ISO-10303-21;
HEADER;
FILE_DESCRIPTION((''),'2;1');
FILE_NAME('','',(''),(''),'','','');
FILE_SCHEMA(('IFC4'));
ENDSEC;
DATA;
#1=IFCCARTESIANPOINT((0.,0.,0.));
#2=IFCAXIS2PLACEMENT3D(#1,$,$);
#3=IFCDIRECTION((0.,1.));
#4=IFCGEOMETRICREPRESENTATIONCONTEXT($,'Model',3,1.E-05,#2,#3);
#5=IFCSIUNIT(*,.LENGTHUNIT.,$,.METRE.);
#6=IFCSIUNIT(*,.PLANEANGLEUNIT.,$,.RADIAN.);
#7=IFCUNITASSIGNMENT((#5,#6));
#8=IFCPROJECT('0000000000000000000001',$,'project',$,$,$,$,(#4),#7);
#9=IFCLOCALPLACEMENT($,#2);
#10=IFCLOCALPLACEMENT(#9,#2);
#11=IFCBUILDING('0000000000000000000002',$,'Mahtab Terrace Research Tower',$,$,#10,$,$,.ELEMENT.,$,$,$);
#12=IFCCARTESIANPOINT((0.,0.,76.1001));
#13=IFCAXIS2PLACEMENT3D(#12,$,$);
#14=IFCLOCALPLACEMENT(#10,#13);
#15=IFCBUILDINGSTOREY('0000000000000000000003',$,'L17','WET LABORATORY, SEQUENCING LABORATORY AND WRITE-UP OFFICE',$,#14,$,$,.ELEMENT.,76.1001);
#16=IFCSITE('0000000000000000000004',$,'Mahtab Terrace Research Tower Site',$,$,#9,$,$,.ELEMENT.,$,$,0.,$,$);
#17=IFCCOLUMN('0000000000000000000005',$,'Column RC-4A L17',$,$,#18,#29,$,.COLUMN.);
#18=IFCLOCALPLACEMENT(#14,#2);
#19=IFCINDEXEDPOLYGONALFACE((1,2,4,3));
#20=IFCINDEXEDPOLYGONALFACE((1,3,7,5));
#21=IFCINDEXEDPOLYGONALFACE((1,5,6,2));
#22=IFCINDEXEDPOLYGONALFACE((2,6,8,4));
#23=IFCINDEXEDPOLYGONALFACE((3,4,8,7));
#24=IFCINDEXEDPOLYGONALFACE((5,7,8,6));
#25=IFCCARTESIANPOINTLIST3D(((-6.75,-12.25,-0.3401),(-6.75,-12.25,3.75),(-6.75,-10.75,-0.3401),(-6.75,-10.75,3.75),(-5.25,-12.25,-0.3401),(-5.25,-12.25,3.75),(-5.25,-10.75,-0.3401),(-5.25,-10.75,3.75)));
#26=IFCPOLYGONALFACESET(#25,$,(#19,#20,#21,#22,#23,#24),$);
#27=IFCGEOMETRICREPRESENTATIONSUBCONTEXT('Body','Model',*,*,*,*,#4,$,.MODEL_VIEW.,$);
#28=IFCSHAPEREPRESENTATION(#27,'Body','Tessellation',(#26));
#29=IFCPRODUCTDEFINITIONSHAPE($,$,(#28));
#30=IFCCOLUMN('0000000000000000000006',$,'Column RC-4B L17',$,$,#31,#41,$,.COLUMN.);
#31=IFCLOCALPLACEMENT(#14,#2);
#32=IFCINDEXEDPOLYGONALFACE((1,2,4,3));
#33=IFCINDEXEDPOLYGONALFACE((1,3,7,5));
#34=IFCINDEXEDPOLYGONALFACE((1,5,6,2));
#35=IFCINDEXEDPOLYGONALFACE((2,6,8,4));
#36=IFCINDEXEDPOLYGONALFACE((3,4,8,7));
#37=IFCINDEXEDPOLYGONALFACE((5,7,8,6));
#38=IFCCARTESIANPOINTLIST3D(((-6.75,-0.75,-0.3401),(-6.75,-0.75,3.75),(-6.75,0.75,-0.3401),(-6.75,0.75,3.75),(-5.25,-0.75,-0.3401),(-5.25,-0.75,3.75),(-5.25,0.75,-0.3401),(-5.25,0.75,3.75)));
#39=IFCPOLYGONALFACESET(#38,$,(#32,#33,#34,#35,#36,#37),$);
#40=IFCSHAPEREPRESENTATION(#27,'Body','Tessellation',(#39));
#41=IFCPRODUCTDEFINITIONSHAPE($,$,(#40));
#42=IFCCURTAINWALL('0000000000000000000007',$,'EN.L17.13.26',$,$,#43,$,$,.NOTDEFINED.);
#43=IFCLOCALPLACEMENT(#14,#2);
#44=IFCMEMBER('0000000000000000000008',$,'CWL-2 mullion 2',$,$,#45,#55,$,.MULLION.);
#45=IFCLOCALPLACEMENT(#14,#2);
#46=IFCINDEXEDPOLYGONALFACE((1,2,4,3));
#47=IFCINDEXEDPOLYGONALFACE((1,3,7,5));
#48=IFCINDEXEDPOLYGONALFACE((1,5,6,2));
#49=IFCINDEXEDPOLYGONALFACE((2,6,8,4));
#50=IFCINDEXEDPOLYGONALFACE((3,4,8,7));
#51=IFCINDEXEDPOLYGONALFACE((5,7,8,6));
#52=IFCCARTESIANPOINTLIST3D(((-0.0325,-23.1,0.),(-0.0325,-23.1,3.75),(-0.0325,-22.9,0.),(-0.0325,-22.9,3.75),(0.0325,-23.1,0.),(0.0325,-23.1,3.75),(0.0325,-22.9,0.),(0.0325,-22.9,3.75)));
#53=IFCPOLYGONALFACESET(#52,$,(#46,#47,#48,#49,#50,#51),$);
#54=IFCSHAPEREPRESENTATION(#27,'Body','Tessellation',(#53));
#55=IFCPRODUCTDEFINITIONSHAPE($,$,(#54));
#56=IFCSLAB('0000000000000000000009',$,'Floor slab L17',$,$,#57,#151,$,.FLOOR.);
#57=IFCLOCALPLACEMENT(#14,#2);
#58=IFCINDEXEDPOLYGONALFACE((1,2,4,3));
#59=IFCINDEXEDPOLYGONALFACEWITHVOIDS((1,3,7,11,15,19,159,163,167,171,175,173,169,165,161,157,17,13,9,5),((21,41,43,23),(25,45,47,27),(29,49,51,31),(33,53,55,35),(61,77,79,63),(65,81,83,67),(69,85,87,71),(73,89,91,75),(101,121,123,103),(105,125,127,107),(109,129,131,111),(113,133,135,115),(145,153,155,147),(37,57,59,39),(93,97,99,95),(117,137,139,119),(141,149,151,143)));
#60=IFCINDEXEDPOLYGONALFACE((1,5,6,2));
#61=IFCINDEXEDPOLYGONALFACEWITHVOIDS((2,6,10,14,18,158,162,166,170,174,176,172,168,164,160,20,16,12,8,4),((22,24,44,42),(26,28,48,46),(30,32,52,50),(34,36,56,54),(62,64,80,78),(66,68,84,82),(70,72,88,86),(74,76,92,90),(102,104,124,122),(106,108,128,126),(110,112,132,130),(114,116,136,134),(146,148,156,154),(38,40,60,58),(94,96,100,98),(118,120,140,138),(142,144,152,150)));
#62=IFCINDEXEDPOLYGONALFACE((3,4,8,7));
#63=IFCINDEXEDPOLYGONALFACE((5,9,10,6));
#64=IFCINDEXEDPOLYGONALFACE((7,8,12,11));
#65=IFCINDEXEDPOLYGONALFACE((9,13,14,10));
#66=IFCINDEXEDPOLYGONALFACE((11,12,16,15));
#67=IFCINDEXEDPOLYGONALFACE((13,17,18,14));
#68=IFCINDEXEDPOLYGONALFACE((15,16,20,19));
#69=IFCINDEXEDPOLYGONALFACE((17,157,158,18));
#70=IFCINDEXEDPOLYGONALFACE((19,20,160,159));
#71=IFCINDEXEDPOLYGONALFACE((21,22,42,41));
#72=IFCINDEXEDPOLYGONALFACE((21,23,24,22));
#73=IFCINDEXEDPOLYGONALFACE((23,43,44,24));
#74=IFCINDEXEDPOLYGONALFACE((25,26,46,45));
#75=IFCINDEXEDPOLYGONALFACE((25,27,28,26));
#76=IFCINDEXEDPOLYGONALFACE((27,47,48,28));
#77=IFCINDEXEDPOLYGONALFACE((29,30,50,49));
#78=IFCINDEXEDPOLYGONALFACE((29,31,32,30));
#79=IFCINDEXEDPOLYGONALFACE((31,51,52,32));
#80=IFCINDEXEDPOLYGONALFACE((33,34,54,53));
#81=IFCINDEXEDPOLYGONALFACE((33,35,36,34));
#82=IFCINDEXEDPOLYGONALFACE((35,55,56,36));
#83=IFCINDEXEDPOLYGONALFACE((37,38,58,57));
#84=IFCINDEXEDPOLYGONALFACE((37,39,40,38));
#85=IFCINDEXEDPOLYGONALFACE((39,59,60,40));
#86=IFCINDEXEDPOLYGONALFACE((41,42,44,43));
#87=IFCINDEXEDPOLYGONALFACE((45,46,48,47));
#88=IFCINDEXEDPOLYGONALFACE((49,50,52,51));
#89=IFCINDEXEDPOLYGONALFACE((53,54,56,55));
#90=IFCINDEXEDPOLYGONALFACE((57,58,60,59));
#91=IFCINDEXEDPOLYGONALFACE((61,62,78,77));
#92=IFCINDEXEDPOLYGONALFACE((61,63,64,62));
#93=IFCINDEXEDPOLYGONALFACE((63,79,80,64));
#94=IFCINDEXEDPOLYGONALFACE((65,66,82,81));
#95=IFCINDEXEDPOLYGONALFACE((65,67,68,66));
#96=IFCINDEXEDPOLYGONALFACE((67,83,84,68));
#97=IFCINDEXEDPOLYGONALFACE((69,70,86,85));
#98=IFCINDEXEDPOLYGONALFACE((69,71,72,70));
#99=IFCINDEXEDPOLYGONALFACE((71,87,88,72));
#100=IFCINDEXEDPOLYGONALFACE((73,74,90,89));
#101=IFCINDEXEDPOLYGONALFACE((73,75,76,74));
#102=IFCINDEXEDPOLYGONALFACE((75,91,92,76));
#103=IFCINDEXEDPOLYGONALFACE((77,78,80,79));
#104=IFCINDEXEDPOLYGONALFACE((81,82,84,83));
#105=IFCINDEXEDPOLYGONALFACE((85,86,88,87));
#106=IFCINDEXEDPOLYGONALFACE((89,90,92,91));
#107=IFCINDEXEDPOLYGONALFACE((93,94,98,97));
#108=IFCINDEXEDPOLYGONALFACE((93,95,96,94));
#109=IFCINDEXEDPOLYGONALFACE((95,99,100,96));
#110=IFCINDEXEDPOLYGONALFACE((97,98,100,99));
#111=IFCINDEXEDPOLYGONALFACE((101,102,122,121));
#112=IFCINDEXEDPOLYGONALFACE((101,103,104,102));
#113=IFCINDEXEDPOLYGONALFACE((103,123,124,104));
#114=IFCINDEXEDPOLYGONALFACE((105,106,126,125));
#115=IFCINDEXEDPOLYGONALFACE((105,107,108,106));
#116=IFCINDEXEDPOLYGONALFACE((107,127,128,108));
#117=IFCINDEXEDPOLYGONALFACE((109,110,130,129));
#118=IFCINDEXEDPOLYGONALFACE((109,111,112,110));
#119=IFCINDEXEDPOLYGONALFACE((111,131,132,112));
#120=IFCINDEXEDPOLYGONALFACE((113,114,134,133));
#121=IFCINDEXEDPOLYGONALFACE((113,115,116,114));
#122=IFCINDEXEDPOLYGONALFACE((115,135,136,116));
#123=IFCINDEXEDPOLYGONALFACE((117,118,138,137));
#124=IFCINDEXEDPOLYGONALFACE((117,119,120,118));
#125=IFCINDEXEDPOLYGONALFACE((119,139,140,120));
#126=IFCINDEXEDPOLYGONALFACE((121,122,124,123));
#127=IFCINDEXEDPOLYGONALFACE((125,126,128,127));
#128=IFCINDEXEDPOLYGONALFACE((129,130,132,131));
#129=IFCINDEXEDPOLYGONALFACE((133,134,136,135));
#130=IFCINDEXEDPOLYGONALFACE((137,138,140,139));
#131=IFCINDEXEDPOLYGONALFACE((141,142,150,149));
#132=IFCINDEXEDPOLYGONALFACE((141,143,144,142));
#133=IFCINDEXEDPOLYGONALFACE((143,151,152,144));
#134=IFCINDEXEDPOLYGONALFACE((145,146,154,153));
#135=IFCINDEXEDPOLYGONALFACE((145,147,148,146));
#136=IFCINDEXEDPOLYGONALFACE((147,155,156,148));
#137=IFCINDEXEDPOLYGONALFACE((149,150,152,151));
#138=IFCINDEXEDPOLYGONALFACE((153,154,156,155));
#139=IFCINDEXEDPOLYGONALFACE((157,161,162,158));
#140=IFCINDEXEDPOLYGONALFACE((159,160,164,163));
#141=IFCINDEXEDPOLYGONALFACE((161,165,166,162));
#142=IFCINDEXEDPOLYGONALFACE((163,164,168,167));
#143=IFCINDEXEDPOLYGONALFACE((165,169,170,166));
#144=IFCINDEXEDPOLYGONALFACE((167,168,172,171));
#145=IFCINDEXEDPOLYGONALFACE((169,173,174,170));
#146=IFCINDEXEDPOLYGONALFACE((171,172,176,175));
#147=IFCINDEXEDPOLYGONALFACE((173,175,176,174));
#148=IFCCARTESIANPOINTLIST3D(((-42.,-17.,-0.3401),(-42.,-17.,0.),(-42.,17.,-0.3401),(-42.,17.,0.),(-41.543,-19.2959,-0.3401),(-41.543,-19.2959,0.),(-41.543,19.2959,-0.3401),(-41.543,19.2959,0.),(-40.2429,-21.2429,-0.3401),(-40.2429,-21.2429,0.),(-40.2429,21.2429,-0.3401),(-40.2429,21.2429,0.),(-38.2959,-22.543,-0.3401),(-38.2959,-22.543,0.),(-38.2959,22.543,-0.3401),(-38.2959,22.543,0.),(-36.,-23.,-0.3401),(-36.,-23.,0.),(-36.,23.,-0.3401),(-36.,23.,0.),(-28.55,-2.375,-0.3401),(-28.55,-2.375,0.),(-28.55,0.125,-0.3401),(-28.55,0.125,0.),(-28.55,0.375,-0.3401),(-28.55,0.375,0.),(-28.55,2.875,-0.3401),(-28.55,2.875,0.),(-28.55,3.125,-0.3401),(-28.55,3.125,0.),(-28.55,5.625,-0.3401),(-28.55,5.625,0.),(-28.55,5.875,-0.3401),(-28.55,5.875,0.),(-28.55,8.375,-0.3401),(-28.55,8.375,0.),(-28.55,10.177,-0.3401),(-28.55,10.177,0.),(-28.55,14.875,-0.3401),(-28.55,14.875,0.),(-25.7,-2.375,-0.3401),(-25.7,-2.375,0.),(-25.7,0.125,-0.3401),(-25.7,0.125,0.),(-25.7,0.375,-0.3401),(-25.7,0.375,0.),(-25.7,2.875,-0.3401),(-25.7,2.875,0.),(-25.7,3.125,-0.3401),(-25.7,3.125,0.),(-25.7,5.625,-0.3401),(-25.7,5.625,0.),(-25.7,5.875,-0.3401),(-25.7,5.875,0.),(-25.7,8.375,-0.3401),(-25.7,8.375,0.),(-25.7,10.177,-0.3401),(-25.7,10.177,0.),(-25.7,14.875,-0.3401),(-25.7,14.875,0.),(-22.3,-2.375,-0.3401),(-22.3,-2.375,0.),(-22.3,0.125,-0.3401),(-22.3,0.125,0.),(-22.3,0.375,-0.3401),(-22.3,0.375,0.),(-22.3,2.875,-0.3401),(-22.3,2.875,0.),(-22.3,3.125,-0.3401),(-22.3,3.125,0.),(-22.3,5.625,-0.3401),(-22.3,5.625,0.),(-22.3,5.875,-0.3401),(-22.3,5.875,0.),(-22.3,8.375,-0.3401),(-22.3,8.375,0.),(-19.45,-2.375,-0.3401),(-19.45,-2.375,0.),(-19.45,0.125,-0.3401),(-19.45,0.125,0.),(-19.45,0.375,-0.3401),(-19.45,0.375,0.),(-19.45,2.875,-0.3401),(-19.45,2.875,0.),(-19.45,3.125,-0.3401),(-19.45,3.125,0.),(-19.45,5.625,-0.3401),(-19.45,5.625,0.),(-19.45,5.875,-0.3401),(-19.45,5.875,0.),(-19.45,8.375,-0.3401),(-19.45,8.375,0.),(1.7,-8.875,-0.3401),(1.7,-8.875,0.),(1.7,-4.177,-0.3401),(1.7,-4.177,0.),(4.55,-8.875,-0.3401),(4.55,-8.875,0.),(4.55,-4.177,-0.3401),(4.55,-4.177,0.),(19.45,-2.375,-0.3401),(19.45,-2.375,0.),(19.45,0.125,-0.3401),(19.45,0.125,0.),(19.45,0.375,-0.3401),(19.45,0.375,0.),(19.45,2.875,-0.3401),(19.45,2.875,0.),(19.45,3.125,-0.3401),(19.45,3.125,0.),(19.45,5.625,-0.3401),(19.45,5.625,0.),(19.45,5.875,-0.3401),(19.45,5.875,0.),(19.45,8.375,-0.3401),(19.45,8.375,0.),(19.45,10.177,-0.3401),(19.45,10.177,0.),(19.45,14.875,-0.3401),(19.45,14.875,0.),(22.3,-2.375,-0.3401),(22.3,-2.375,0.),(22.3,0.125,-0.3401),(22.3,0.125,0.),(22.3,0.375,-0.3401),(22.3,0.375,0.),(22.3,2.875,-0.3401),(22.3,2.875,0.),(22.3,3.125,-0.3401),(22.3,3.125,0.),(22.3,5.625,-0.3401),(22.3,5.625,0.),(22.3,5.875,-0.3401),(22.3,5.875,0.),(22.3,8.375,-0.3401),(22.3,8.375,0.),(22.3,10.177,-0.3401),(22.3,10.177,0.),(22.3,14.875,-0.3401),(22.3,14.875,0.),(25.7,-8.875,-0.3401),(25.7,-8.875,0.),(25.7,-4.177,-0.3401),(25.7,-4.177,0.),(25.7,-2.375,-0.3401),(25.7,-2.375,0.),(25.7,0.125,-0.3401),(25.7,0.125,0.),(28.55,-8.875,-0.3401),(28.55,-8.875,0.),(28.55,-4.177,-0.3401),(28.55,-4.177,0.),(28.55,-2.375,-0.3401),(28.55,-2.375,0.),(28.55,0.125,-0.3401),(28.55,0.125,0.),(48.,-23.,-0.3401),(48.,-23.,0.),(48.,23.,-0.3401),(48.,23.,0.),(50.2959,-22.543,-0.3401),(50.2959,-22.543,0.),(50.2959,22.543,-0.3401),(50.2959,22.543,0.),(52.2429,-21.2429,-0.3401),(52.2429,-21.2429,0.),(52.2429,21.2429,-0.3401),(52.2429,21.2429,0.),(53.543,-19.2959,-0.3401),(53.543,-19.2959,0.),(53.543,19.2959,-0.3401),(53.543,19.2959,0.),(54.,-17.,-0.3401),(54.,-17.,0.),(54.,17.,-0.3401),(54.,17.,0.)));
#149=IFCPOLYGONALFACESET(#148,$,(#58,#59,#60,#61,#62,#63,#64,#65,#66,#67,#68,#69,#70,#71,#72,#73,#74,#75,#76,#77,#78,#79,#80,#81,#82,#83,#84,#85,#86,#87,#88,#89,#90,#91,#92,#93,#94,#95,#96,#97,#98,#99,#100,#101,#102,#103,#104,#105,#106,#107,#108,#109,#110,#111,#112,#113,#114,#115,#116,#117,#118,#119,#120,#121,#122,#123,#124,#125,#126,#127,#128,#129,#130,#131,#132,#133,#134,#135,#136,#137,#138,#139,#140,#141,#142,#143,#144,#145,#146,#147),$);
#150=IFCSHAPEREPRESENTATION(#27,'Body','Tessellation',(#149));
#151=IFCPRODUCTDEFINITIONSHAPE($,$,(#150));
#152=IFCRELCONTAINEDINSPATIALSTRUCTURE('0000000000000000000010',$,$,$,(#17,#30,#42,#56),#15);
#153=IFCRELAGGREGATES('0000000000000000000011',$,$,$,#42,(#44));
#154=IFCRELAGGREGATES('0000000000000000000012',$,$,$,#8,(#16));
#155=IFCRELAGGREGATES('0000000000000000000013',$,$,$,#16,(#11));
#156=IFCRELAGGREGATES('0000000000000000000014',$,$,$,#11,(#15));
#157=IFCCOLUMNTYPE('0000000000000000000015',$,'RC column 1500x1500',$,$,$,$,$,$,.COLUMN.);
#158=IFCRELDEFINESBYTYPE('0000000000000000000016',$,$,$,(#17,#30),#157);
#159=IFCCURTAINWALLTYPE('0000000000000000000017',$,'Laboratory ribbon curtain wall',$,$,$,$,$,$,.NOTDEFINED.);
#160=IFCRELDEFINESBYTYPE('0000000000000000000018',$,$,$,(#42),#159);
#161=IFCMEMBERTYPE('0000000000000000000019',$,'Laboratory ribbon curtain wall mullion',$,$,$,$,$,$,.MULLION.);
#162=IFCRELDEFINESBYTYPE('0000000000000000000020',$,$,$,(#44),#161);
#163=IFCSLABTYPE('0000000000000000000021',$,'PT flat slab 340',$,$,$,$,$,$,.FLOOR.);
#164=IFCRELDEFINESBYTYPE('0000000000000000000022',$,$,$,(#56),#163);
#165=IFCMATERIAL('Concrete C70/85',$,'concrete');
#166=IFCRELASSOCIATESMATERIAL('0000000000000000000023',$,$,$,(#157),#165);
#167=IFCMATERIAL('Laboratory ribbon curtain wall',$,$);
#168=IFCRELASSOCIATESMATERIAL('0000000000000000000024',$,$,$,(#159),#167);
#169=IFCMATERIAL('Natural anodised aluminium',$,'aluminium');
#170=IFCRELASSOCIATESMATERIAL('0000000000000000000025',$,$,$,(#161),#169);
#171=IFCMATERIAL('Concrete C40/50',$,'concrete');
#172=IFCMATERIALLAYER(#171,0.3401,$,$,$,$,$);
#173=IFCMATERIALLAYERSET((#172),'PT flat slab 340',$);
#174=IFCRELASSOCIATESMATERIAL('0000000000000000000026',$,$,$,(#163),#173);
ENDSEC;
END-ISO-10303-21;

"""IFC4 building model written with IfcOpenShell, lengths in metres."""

from ifc_helpers import new_model, si_unit, direction, frame, origin, origin_2d, place, context, subcontext, project, spatial, polyline, rectangle, outline, extrude, material, layer, layer_set, material_profile, profile_set, type_object, element, aggregate, save


model = new_model("IFC4")

# Units and contexts
model_context = context("Model", 3, precision=1e-05, world=origin(), true_north=direction((0.0, 1.0)))
body_context = subcontext(model_context, "Body", "Model", "MODEL_VIEW")
ifc_project = project(units=[si_unit("LENGTHUNIT", "METRE"), si_unit("PLANEANGLEUNIT", "RADIAN")], contexts=[model_context])

# Site, building, storey
site_placement = place(None, origin())
site = spatial("IfcSite", under=ifc_project, at=site_placement, Name="Mahtab Terrace Research Tower Site", CompositionType="ELEMENT", RefElevation=0.0)
building_placement = place(site_placement, origin())
building = spatial("IfcBuilding", under=site, at=building_placement, Name="Mahtab Terrace Research Tower", CompositionType="ELEMENT")
storey_placement = place(building_placement, frame((0.0, 0.0, 76.1001)))
storey = spatial("IfcBuildingStorey", under=building, at=storey_placement, Name="L17", Description="WET LABORATORY, SEQUENCING LABORATORY AND WRITE-UP OFFICE", CompositionType="ELEMENT", Elevation=76.1001)

# Columns
ifc_material_1 = material(Name="Concrete C70/85", Category="concrete")
ifc_material_profile_1 = material_profile(ifc_material_1, rectangle(XDim=1.5, YDim=1.5, at=origin_2d()), Name="RC column 1500x1500")
ifc_profile_set_1 = profile_set([ifc_material_profile_1], Name="Concrete C70/85")
column_type = type_object("IfcColumnType", Name="RC column 1500x1500", PredefinedType="COLUMN", material=ifc_profile_set_1)
for number, where, z_axis, x_axis, name in (
    (1, (-6.0, -11.5, -0.3401), (0.0, 0.0, 1.0), (1.0, 0.0, 0.0), "Column RC-4A L17"),
    (2, (-6.0, 0.0, -0.3401), (0.0, 0.0, 1.0), (1.0, 0.0, 0.0), "Column RC-4B L17"),
):
    element("IfcColumn", number, at=place(storey_placement, frame(where, z_axis=z_axis, x_axis=x_axis)), inside=storey, type_object=column_type, Name=name, PredefinedType="COLUMN", context=body_context, shape_type="SweptSolid", body=[
        extrude(rectangle(XDim=1.5, YDim=1.5, at=origin_2d()), origin(), (0.0, 0.0, 1.0), 4.0901),
    ])

# Curtain wall, member
ifc_material_2 = material(Name="Laboratory ribbon curtain wall")
curtain_wall_type = type_object("IfcCurtainWallType", Name="Laboratory ribbon curtain wall", PredefinedType="NOTDEFINED", material=ifc_material_2)
curtain_wall_placement = place(storey_placement, origin())
curtain_wall = element("IfcCurtainWall", 3, at=curtain_wall_placement, inside=storey, type_object=curtain_wall_type, Name="EN.L17.13.26", PredefinedType="NOTDEFINED")
ifc_material_3 = material(Name="Natural anodised aluminium", Category="aluminium")
ifc_material_profile_2 = material_profile(ifc_material_3, rectangle(XDim=0.2, YDim=0.0649, at=origin_2d()), Name="MULLION 65x200")
ifc_profile_set_2 = profile_set([ifc_material_profile_2], Name="Natural anodised aluminium")
member_type = type_object("IfcMemberType", Name="Laboratory ribbon curtain wall mullion", PredefinedType="MULLION", material=ifc_profile_set_2)
member_placement = place(storey_placement, frame((0.0, -23.0, 0.0), z_axis=(0.0, 0.0, 1.0), x_axis=(0.0, 1.0, 0.0)))
member = element("IfcMember", 4, at=member_placement, type_object=member_type, Name="CWL-2 mullion 2", PredefinedType="MULLION", context=body_context, shape_type="SweptSolid", body=[
    extrude(rectangle(XDim=0.2, YDim=0.0649, at=origin_2d()), origin(), (0.0, 0.0, 1.0), 3.75),
])
aggregate(curtain_wall, [member])

# Slab
ifc_material_4 = material(Name="Concrete C40/50", Category="concrete")
ifc_layer_1 = layer(ifc_material_4, 0.3401)
ifc_layer_set_1 = layer_set([ifc_layer_1], Name="PT flat slab 340")
slab_type = type_object("IfcSlabType", Name="PT flat slab 340", PredefinedType="FLOOR", material=ifc_layer_set_1)
slab_placement = place(storey_placement, frame((0.0, 0.0, -0.3401)))
element("IfcSlab", 5, at=slab_placement, inside=storey, type_object=slab_type, Name="Floor slab L17", PredefinedType="FLOOR", context=body_context, shape_type="SweptSolid", body=[
    extrude(outline(polyline([(53.543, 19.2959), (52.2429, 21.2429), (50.2959, 22.543), (48.0, 23.0), (-36.0, 23.0), (-38.2959, 22.543), (-40.2429, 21.2429), (-41.543, 19.2959), (-42.0, 17.0), (-42.0, -17.0), (-41.543, -19.2959), (-40.2429, -21.2429), (-38.2959, -22.543), (-36.0, -23.0), (48.0, -23.0), (50.2959, -22.543), (52.2429, -21.2429), (53.543, -19.2959), (54.0, -17.0), (54.0, 17.0), (53.543, 19.2959)]), holes=[polyline([(-28.55, -2.375), (-28.55, 0.125), (-25.7, 0.125), (-25.7, -2.375), (-28.55, -2.375)]), polyline([(-22.3, -2.375), (-22.3, 0.125), (-19.45, 0.125), (-19.45, -2.375), (-22.3, -2.375)]), polyline([(-28.55, 0.375), (-28.55, 2.875), (-25.7, 2.875), (-25.7, 0.375), (-28.55, 0.375)]), polyline([(-22.3, 0.375), (-22.3, 2.875), (-19.45, 2.875), (-19.45, 0.375), (-22.3, 0.375)]), polyline([(-28.55, 3.125), (-28.55, 5.625), (-25.7, 5.625), (-25.7, 3.125), (-28.55, 3.125)]), polyline([(-22.3, 3.125), (-22.3, 5.625), (-19.45, 5.625), (-19.45, 3.125), (-22.3, 3.125)]), polyline([(-28.55, 5.875), (-28.55, 8.375), (-25.7, 8.375), (-25.7, 5.875), (-28.55, 5.875)]), polyline([(-22.3, 5.875), (-22.3, 8.375), (-19.45, 8.375), (-19.45, 5.875), (-22.3, 5.875)]), polyline([(-28.55, 10.177), (-28.55, 14.875), (-25.7, 14.875), (-25.7, 10.177), (-28.55, 10.177)]), polyline([(1.7, -8.875), (1.7, -4.177), (4.55, -4.177), (4.55, -8.875), (1.7, -8.875)]), polyline([(25.7, -8.875), (25.7, -4.177), (28.55, -4.177), (28.55, -8.875), (25.7, -8.875)]), polyline([(19.45, -2.375), (19.45, 0.125), (22.3, 0.125), (22.3, -2.375), (19.45, -2.375)]), polyline([(25.7, -2.375), (25.7, 0.125), (28.55, 0.125), (28.55, -2.375), (25.7, -2.375)]), polyline([(19.45, 0.375), (19.45, 2.875), (22.3, 2.875), (22.3, 0.375), (19.45, 0.375)]), polyline([(19.45, 3.125), (19.45, 5.625), (22.3, 5.625), (22.3, 3.125), (19.45, 3.125)]), polyline([(19.45, 8.375), (22.3, 8.375), (22.3, 5.875), (19.45, 5.875), (19.45, 8.375)]), polyline([(19.45, 14.875), (22.3, 14.875), (22.3, 10.177), (19.45, 10.177), (19.45, 14.875)])]), origin(), (0.0, 0.0, 1.0), 0.3401),
])

save(model, "model.ifc")
